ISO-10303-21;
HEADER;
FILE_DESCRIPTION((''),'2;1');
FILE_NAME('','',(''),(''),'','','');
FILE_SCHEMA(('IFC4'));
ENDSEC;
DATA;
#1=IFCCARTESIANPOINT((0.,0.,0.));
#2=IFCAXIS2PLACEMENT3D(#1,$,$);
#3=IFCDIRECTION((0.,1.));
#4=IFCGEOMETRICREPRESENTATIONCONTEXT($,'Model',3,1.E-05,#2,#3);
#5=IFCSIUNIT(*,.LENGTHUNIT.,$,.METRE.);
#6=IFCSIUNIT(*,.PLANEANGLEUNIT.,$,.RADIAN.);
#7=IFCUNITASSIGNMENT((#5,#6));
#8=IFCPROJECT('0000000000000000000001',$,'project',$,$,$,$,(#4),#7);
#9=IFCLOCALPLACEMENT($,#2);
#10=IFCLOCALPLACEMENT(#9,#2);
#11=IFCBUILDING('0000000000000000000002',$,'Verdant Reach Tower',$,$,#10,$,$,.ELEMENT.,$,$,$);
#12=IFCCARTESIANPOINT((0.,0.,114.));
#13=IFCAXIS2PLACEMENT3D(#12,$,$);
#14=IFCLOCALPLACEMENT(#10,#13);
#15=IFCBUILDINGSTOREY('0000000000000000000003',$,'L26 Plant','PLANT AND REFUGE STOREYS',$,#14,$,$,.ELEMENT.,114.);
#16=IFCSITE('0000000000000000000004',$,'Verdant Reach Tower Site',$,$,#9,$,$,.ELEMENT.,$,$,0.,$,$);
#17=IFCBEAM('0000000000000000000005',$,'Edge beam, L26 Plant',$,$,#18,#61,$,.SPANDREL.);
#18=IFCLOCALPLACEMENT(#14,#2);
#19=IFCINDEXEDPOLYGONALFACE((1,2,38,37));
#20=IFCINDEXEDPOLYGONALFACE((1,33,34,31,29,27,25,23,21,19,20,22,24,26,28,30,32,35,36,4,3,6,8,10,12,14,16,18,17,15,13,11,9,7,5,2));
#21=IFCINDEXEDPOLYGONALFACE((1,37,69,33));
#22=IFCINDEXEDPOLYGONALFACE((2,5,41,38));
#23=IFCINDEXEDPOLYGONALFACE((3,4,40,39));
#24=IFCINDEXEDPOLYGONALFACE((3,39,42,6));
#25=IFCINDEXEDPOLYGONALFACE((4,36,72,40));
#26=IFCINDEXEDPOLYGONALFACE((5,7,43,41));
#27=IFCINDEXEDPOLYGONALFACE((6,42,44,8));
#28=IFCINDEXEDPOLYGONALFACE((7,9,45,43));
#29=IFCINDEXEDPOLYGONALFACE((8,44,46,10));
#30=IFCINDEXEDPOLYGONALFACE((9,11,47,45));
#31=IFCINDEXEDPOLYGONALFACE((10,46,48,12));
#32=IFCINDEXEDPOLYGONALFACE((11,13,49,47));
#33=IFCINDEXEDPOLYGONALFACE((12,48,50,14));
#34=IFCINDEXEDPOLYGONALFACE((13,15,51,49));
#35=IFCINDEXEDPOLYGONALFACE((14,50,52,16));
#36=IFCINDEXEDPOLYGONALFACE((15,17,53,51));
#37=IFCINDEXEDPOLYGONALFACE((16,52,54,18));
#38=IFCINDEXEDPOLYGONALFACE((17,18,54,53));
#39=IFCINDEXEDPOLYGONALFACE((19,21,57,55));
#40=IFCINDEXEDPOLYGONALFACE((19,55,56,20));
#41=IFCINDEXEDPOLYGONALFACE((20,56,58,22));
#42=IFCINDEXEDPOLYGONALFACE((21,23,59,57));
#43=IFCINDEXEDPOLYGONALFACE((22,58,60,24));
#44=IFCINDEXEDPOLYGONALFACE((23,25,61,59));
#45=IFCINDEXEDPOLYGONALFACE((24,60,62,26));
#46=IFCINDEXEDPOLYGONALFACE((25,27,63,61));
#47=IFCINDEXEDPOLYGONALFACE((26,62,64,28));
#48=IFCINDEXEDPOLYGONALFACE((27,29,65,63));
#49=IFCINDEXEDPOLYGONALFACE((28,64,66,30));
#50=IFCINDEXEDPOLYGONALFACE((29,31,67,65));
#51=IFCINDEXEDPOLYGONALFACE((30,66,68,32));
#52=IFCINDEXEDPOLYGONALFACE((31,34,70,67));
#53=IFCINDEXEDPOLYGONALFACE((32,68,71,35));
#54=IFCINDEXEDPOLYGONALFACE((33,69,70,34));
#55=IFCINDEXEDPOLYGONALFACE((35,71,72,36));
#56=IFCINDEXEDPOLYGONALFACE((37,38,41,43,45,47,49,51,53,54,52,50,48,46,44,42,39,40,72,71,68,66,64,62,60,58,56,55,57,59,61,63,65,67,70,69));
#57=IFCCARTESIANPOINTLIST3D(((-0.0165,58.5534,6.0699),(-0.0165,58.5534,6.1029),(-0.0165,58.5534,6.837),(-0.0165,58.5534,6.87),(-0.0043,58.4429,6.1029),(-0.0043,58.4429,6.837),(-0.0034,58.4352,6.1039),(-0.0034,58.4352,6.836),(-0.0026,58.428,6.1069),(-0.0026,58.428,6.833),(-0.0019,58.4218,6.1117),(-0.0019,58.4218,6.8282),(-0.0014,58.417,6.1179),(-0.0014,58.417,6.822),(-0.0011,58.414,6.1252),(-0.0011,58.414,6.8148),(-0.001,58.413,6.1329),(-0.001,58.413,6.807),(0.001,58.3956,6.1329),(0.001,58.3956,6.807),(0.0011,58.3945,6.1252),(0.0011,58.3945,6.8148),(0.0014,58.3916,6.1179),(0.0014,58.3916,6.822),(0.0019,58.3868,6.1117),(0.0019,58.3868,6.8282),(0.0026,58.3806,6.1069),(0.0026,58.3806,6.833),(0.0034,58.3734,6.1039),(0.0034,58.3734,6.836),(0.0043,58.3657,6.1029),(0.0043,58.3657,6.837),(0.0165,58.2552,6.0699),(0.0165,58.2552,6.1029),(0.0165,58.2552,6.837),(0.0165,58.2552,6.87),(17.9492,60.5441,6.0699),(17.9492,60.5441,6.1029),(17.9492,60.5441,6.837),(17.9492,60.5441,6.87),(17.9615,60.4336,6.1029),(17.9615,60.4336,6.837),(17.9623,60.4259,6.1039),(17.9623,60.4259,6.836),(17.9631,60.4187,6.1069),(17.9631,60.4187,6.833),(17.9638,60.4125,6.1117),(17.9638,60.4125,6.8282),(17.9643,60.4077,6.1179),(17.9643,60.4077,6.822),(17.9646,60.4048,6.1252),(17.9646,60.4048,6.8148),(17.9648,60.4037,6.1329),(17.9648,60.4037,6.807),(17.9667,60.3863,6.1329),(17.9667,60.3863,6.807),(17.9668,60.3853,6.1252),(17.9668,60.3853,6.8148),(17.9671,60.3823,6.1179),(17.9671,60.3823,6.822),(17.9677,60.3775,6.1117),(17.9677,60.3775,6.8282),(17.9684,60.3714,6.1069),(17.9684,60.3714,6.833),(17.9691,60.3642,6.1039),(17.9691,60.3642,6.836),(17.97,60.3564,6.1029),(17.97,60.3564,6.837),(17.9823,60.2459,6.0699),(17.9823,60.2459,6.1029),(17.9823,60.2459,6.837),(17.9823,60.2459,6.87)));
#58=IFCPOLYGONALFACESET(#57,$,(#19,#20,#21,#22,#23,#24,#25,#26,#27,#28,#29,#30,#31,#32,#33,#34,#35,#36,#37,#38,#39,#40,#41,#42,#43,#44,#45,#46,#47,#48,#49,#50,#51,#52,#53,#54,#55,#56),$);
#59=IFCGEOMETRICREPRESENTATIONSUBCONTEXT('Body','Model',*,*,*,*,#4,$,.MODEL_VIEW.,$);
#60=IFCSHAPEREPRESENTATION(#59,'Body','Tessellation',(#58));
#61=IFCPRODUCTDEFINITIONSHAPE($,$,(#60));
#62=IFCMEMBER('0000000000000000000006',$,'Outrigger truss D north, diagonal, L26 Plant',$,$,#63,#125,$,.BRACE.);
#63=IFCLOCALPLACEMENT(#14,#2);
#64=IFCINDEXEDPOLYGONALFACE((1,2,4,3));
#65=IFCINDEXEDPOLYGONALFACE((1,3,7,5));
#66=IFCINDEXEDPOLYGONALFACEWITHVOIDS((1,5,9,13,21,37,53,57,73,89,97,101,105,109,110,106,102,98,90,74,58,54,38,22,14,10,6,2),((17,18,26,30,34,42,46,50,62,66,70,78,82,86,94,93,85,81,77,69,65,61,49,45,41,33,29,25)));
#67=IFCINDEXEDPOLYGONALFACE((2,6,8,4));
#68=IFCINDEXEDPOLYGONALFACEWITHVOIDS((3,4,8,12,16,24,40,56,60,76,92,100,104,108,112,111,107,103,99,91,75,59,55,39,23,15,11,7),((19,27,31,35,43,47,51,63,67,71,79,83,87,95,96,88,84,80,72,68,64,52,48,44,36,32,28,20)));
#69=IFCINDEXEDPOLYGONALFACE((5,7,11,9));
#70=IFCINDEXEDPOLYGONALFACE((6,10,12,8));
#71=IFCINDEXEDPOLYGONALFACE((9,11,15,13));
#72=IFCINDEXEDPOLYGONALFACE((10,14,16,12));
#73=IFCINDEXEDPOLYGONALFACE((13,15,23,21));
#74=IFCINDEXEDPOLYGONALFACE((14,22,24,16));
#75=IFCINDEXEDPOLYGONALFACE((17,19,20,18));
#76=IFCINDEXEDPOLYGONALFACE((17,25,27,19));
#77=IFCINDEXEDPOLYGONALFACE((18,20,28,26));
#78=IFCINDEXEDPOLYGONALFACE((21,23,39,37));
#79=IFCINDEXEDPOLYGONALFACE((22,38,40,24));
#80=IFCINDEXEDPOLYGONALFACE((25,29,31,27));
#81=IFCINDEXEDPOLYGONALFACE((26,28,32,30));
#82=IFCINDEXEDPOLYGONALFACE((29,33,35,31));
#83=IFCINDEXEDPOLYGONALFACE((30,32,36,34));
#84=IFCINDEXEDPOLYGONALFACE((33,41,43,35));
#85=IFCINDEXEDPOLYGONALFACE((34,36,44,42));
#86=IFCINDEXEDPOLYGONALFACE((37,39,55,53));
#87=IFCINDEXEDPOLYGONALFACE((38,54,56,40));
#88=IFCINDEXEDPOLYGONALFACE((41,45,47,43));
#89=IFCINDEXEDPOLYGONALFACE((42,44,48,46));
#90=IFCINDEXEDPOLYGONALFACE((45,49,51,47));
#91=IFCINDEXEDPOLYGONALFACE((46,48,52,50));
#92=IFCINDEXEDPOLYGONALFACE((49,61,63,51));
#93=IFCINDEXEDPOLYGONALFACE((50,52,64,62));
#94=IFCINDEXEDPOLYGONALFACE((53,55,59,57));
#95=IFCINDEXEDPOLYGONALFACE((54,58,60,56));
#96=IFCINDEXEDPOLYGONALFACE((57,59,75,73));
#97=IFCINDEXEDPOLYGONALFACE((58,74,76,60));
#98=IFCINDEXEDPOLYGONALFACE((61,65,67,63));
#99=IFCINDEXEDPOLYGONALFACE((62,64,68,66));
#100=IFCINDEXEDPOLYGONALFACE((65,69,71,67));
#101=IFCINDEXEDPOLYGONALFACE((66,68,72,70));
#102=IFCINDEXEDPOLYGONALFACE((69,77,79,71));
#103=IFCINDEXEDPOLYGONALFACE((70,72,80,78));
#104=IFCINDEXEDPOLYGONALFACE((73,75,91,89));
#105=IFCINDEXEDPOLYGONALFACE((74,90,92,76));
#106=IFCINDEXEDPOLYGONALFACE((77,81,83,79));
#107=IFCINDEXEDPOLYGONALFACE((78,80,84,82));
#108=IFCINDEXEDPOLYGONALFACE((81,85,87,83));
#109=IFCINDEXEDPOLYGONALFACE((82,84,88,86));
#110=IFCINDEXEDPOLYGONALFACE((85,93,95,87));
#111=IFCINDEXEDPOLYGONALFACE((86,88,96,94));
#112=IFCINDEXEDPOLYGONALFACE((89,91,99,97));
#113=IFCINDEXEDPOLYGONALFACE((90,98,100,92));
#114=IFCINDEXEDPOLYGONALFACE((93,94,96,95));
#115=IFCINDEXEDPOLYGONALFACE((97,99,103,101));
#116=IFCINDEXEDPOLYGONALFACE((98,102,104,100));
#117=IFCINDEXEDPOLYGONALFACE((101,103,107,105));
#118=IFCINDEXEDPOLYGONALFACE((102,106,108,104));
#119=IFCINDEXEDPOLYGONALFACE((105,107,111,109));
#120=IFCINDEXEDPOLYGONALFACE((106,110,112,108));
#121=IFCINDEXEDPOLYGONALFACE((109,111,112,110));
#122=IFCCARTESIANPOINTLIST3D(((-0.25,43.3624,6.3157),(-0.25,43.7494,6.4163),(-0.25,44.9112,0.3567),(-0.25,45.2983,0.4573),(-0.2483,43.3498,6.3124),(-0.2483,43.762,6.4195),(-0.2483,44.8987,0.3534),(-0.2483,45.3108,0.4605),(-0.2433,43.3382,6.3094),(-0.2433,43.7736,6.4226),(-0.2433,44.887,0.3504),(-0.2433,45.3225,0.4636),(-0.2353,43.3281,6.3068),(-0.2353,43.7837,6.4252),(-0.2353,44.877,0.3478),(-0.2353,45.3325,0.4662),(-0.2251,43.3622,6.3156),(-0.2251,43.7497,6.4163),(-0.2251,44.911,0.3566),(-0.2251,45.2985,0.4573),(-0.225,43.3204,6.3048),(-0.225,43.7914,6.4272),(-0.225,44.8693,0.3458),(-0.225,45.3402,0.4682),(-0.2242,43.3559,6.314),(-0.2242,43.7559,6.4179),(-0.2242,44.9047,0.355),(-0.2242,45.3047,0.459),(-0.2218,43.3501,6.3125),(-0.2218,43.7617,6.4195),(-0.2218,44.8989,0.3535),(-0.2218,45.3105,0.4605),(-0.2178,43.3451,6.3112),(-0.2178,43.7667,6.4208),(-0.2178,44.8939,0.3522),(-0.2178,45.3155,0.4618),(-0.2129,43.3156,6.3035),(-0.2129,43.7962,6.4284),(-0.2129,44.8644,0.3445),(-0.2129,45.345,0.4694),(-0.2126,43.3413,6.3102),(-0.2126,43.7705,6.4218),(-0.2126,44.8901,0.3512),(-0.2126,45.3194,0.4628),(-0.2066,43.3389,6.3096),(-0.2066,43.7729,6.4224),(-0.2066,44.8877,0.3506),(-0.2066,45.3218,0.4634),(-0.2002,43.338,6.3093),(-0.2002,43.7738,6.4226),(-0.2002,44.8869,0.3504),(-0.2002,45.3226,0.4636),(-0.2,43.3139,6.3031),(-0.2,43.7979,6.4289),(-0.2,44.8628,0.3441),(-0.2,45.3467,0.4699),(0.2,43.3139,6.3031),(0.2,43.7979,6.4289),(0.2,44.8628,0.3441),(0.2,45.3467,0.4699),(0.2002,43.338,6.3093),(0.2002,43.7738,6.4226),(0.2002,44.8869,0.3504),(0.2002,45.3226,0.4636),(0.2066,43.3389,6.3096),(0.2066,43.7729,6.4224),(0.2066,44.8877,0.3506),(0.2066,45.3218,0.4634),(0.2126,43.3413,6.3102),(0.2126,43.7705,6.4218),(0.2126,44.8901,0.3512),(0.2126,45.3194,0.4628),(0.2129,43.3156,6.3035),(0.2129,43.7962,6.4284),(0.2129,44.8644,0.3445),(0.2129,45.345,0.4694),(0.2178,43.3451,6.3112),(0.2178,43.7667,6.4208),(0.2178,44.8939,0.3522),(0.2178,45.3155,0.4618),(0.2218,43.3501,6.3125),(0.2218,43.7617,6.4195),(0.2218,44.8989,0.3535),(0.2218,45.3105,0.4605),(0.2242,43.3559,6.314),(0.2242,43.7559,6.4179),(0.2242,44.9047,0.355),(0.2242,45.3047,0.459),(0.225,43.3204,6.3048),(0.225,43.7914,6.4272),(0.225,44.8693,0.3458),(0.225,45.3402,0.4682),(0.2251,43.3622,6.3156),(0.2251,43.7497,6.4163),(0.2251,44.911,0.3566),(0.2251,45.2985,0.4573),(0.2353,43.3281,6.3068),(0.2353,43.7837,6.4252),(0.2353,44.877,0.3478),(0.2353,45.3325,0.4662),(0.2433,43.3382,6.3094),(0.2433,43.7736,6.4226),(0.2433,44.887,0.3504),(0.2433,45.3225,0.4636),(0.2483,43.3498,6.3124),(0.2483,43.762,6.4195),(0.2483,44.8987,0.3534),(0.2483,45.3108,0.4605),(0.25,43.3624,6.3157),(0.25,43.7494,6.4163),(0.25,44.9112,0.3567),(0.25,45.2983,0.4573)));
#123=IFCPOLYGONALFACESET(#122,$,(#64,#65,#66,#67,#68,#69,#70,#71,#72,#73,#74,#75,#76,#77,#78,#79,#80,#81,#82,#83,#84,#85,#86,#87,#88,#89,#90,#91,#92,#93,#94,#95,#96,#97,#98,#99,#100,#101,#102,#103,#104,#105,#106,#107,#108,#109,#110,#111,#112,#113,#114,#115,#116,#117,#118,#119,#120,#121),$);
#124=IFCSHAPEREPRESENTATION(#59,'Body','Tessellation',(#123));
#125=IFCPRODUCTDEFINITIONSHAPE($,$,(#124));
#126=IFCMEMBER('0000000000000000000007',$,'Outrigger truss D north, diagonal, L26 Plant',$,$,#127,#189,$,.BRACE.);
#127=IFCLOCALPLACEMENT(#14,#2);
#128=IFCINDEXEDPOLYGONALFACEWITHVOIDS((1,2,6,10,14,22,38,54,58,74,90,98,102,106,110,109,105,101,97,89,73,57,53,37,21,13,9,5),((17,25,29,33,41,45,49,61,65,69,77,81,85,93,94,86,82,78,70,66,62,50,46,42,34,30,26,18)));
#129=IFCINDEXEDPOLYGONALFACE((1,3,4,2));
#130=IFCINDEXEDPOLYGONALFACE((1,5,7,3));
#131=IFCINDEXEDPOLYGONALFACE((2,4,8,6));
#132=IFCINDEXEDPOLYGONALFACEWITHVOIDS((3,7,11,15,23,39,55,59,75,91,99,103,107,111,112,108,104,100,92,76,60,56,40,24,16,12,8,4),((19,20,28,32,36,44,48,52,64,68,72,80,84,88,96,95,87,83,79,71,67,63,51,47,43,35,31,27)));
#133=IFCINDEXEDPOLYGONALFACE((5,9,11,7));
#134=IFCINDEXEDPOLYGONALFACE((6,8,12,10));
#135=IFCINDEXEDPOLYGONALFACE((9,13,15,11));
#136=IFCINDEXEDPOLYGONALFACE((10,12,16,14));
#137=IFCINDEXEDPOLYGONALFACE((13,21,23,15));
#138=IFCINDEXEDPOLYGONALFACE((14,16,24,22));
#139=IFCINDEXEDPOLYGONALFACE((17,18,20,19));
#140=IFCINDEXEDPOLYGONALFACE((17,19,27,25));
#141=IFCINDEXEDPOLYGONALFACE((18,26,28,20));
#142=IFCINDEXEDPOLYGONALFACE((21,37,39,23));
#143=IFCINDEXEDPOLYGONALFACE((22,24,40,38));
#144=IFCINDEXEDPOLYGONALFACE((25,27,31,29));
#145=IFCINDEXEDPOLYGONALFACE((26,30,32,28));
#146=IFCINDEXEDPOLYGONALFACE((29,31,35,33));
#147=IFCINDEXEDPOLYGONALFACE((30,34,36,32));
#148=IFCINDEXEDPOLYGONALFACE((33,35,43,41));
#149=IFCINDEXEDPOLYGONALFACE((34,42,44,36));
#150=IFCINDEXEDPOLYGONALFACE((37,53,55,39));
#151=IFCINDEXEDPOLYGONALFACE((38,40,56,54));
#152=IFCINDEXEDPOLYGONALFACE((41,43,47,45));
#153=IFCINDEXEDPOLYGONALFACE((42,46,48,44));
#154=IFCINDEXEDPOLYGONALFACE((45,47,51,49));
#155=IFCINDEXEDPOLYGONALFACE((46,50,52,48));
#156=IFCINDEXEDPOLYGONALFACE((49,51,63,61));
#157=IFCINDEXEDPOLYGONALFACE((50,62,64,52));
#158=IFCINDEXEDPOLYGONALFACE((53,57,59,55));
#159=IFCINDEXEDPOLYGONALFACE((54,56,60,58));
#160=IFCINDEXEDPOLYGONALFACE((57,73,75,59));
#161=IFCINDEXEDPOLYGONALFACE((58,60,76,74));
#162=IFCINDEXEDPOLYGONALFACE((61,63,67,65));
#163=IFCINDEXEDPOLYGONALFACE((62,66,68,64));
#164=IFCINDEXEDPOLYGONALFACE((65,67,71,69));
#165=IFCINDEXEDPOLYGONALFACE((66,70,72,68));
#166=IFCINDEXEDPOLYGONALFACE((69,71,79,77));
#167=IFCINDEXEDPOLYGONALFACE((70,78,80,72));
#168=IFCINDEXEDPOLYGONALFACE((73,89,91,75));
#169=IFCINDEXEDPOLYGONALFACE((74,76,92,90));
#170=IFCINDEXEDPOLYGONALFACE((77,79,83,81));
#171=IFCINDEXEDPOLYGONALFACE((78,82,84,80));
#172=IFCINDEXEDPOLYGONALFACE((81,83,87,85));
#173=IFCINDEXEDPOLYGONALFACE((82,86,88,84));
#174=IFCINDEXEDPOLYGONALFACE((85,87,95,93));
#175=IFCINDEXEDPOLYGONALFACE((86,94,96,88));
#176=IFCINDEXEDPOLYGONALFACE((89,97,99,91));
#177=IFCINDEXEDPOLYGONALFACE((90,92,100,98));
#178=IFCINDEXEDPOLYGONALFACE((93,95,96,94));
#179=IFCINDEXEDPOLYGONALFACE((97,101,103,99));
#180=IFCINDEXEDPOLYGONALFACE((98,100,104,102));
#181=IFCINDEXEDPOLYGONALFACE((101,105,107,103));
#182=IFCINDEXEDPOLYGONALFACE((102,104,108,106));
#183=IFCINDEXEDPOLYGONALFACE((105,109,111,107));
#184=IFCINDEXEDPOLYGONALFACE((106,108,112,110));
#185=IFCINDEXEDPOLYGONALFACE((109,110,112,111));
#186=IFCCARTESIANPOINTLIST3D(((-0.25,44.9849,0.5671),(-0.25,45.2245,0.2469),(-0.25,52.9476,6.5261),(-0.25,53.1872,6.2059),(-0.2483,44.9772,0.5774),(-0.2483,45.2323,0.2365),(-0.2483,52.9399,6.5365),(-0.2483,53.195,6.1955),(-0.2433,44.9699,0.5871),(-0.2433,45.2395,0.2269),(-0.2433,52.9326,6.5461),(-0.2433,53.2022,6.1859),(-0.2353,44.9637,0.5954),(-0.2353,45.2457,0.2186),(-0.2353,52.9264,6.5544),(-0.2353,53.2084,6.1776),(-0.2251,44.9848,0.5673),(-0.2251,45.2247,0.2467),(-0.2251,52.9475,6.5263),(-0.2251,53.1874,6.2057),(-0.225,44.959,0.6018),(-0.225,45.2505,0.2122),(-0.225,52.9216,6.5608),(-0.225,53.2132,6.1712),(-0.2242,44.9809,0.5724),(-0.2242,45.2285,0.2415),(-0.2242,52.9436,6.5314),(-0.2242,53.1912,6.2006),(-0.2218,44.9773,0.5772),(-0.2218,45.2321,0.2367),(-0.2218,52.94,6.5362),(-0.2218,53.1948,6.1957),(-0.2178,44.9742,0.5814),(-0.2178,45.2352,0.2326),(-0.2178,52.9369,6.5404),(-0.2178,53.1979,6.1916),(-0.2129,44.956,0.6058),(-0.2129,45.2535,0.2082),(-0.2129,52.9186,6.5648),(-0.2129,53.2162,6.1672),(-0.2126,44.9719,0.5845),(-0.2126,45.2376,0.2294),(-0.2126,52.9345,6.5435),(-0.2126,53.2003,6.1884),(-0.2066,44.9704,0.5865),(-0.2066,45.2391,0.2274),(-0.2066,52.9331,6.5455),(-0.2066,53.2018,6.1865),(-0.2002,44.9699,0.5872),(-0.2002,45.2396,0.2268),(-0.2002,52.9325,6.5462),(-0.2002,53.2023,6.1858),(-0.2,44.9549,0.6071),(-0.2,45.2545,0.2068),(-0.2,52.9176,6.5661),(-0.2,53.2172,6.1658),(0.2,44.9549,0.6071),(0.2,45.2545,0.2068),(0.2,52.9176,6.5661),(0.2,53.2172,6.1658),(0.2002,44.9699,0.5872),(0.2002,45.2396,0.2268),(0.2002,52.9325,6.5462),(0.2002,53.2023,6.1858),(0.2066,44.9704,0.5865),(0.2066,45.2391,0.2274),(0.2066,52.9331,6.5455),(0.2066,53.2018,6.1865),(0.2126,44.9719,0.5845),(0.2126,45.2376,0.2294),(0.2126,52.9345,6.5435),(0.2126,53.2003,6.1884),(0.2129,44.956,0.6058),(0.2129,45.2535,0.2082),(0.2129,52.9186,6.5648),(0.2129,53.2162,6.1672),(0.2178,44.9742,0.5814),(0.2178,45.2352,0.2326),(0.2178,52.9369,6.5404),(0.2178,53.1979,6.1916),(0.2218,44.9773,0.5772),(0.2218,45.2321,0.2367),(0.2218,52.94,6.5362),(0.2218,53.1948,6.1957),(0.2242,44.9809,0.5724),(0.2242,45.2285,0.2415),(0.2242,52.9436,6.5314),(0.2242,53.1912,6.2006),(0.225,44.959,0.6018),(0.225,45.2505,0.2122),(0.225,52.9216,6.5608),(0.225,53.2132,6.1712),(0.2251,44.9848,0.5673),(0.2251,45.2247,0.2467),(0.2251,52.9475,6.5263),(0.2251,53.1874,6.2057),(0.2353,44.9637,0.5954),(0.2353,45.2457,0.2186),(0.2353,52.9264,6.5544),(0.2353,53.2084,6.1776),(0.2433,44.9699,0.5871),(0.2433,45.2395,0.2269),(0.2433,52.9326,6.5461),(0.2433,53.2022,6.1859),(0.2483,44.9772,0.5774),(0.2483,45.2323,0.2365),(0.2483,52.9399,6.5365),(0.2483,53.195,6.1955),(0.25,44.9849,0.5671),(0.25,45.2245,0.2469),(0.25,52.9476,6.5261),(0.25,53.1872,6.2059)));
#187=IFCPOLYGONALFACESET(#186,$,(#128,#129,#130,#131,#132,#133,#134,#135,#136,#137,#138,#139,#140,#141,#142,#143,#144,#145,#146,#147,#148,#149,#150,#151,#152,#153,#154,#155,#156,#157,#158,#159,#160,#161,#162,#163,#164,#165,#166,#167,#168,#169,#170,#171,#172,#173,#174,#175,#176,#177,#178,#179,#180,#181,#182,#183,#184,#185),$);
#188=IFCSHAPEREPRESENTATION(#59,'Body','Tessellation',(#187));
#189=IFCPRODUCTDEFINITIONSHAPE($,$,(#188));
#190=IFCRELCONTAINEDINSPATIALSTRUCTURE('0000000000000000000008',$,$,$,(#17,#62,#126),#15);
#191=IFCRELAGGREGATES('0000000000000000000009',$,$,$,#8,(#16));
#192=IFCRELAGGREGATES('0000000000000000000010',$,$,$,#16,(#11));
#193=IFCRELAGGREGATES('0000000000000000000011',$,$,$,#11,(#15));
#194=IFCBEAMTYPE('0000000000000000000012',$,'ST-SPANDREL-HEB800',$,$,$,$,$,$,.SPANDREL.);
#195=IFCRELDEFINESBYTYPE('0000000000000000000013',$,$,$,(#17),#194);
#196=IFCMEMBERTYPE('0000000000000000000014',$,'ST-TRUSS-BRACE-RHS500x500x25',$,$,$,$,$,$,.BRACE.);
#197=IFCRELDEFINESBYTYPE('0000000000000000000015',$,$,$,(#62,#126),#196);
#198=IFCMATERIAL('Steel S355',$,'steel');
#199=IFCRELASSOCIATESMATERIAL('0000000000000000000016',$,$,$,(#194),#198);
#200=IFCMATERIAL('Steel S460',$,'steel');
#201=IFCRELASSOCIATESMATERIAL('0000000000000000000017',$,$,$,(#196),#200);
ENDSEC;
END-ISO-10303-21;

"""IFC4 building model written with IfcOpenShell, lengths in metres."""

from ifc_helpers import new_model, si_unit, direction, frame, origin, origin_2d, place, context, subcontext, project, spatial, hollow_rectangle, i_section, extrude, material, material_profile, profile_set, type_object, element, save


model = new_model("IFC4")

# Units and contexts
model_context = context("Model", 3, precision=1e-05, world=origin(), true_north=direction((0.0, 1.0)))
body_context = subcontext(model_context, "Body", "Model", "MODEL_VIEW")
ifc_project = project(units=[si_unit("LENGTHUNIT", "METRE"), si_unit("PLANEANGLEUNIT", "RADIAN")], contexts=[model_context])

# Site, building, storey
site_placement = place(None, origin())
site = spatial("IfcSite", under=ifc_project, at=site_placement, Name="Verdant Reach Tower Site", CompositionType="ELEMENT", RefElevation=0.0)
building_placement = place(site_placement, origin())
building = spatial("IfcBuilding", under=site, at=building_placement, Name="Verdant Reach Tower", CompositionType="ELEMENT")
storey_placement = place(building_placement, frame((0.0, 0.0, 114.0)))
storey = spatial("IfcBuildingStorey", under=building, at=storey_placement, Name="L26 Plant", Description="PLANT AND REFUGE STOREYS", CompositionType="ELEMENT", Elevation=114.0)

# Shared definitions
ifc_material_1 = material(Name="Steel S460", Category="steel")

# Beam
ifc_material_2 = material(Name="Steel S355", Category="steel")
ifc_material_profile_1 = material_profile(ifc_material_2, i_section(OverallWidth=0.3, OverallDepth=0.8, WebThickness=0.0176, FlangeThickness=0.033, FilletRadius=0.03, at=origin_2d()), Name="HEB 800")
ifc_profile_set_1 = profile_set([ifc_material_profile_1], Name="Steel S355")
beam_type = type_object("IfcBeamType", Name="ST-SPANDREL-HEB800", PredefinedType="SPANDREL", material=ifc_profile_set_1)
beam_placement = place(storey_placement, frame((0.0, 58.4043, 6.47), z_axis=(0.993917, 0.110132, 0.0), x_axis=(-0.110132, 0.993917, 0.0)))
element("IfcBeam", 1, at=beam_placement, inside=storey, type_object=beam_type, Name="Edge beam, L26 Plant", PredefinedType="SPANDREL", context=body_context, shape_type="SweptSolid", body=[
    extrude(i_section(OverallWidth=0.3, OverallDepth=0.8, WebThickness=0.0176, FlangeThickness=0.033, FilletRadius=0.03, at=origin_2d()), origin(), (0.0, 0.0, 1.0), 18.0757),
])

# Members
ifc_material_profile_2 = material_profile(ifc_material_1, hollow_rectangle(XDim=0.5, YDim=0.5, WallThickness=0.0249, InnerFilletRadius=0.0249, OuterFilletRadius=0.05, at=origin_2d()), Name="RHS 500x500x25")
ifc_profile_set_2 = profile_set([ifc_material_profile_2], Name="Steel S460")
member_type_1 = type_object("IfcMemberType", Name="ST-TRUSS-BRACE-RHS500x500x25", PredefinedType="BRACE", material=ifc_profile_set_2)
member_1_placement = place(storey_placement, frame((0.0, 43.5559, 6.366), z_axis=(0.0, 0.251557, -0.967843), x_axis=(-1.0, 0.0, 0.0)))
element("IfcMember", 2, at=member_1_placement, inside=storey, type_object=member_type_1, Name="Outrigger truss D north, diagonal, L26 Plant", PredefinedType="BRACE", context=body_context, shape_type="SweptSolid", body=[
    extrude(hollow_rectangle(XDim=0.5, YDim=0.5, WallThickness=0.0249, InnerFilletRadius=0.0249, OuterFilletRadius=0.05, at=origin_2d()), origin(), (0.0, 0.0, 1.0), 6.157),
])
member_2_placement = place(storey_placement, frame((0.0, 45.1047, 0.407), z_axis=(0.0, 0.800627, 0.599163), x_axis=(-1.0, 0.0, 0.0)))
element("IfcMember", 3, at=member_2_placement, inside=storey, type_object=member_type_1, Name="Outrigger truss D north, diagonal, L26 Plant", PredefinedType="BRACE", context=body_context, shape_type="SweptSolid", body=[
    extrude(hollow_rectangle(XDim=0.5, YDim=0.5, WallThickness=0.0249, InnerFilletRadius=0.0249, OuterFilletRadius=0.05, at=origin_2d()), origin(), (0.0, 0.0, 1.0), 9.9456),
])

save(model, "model.ifc")
